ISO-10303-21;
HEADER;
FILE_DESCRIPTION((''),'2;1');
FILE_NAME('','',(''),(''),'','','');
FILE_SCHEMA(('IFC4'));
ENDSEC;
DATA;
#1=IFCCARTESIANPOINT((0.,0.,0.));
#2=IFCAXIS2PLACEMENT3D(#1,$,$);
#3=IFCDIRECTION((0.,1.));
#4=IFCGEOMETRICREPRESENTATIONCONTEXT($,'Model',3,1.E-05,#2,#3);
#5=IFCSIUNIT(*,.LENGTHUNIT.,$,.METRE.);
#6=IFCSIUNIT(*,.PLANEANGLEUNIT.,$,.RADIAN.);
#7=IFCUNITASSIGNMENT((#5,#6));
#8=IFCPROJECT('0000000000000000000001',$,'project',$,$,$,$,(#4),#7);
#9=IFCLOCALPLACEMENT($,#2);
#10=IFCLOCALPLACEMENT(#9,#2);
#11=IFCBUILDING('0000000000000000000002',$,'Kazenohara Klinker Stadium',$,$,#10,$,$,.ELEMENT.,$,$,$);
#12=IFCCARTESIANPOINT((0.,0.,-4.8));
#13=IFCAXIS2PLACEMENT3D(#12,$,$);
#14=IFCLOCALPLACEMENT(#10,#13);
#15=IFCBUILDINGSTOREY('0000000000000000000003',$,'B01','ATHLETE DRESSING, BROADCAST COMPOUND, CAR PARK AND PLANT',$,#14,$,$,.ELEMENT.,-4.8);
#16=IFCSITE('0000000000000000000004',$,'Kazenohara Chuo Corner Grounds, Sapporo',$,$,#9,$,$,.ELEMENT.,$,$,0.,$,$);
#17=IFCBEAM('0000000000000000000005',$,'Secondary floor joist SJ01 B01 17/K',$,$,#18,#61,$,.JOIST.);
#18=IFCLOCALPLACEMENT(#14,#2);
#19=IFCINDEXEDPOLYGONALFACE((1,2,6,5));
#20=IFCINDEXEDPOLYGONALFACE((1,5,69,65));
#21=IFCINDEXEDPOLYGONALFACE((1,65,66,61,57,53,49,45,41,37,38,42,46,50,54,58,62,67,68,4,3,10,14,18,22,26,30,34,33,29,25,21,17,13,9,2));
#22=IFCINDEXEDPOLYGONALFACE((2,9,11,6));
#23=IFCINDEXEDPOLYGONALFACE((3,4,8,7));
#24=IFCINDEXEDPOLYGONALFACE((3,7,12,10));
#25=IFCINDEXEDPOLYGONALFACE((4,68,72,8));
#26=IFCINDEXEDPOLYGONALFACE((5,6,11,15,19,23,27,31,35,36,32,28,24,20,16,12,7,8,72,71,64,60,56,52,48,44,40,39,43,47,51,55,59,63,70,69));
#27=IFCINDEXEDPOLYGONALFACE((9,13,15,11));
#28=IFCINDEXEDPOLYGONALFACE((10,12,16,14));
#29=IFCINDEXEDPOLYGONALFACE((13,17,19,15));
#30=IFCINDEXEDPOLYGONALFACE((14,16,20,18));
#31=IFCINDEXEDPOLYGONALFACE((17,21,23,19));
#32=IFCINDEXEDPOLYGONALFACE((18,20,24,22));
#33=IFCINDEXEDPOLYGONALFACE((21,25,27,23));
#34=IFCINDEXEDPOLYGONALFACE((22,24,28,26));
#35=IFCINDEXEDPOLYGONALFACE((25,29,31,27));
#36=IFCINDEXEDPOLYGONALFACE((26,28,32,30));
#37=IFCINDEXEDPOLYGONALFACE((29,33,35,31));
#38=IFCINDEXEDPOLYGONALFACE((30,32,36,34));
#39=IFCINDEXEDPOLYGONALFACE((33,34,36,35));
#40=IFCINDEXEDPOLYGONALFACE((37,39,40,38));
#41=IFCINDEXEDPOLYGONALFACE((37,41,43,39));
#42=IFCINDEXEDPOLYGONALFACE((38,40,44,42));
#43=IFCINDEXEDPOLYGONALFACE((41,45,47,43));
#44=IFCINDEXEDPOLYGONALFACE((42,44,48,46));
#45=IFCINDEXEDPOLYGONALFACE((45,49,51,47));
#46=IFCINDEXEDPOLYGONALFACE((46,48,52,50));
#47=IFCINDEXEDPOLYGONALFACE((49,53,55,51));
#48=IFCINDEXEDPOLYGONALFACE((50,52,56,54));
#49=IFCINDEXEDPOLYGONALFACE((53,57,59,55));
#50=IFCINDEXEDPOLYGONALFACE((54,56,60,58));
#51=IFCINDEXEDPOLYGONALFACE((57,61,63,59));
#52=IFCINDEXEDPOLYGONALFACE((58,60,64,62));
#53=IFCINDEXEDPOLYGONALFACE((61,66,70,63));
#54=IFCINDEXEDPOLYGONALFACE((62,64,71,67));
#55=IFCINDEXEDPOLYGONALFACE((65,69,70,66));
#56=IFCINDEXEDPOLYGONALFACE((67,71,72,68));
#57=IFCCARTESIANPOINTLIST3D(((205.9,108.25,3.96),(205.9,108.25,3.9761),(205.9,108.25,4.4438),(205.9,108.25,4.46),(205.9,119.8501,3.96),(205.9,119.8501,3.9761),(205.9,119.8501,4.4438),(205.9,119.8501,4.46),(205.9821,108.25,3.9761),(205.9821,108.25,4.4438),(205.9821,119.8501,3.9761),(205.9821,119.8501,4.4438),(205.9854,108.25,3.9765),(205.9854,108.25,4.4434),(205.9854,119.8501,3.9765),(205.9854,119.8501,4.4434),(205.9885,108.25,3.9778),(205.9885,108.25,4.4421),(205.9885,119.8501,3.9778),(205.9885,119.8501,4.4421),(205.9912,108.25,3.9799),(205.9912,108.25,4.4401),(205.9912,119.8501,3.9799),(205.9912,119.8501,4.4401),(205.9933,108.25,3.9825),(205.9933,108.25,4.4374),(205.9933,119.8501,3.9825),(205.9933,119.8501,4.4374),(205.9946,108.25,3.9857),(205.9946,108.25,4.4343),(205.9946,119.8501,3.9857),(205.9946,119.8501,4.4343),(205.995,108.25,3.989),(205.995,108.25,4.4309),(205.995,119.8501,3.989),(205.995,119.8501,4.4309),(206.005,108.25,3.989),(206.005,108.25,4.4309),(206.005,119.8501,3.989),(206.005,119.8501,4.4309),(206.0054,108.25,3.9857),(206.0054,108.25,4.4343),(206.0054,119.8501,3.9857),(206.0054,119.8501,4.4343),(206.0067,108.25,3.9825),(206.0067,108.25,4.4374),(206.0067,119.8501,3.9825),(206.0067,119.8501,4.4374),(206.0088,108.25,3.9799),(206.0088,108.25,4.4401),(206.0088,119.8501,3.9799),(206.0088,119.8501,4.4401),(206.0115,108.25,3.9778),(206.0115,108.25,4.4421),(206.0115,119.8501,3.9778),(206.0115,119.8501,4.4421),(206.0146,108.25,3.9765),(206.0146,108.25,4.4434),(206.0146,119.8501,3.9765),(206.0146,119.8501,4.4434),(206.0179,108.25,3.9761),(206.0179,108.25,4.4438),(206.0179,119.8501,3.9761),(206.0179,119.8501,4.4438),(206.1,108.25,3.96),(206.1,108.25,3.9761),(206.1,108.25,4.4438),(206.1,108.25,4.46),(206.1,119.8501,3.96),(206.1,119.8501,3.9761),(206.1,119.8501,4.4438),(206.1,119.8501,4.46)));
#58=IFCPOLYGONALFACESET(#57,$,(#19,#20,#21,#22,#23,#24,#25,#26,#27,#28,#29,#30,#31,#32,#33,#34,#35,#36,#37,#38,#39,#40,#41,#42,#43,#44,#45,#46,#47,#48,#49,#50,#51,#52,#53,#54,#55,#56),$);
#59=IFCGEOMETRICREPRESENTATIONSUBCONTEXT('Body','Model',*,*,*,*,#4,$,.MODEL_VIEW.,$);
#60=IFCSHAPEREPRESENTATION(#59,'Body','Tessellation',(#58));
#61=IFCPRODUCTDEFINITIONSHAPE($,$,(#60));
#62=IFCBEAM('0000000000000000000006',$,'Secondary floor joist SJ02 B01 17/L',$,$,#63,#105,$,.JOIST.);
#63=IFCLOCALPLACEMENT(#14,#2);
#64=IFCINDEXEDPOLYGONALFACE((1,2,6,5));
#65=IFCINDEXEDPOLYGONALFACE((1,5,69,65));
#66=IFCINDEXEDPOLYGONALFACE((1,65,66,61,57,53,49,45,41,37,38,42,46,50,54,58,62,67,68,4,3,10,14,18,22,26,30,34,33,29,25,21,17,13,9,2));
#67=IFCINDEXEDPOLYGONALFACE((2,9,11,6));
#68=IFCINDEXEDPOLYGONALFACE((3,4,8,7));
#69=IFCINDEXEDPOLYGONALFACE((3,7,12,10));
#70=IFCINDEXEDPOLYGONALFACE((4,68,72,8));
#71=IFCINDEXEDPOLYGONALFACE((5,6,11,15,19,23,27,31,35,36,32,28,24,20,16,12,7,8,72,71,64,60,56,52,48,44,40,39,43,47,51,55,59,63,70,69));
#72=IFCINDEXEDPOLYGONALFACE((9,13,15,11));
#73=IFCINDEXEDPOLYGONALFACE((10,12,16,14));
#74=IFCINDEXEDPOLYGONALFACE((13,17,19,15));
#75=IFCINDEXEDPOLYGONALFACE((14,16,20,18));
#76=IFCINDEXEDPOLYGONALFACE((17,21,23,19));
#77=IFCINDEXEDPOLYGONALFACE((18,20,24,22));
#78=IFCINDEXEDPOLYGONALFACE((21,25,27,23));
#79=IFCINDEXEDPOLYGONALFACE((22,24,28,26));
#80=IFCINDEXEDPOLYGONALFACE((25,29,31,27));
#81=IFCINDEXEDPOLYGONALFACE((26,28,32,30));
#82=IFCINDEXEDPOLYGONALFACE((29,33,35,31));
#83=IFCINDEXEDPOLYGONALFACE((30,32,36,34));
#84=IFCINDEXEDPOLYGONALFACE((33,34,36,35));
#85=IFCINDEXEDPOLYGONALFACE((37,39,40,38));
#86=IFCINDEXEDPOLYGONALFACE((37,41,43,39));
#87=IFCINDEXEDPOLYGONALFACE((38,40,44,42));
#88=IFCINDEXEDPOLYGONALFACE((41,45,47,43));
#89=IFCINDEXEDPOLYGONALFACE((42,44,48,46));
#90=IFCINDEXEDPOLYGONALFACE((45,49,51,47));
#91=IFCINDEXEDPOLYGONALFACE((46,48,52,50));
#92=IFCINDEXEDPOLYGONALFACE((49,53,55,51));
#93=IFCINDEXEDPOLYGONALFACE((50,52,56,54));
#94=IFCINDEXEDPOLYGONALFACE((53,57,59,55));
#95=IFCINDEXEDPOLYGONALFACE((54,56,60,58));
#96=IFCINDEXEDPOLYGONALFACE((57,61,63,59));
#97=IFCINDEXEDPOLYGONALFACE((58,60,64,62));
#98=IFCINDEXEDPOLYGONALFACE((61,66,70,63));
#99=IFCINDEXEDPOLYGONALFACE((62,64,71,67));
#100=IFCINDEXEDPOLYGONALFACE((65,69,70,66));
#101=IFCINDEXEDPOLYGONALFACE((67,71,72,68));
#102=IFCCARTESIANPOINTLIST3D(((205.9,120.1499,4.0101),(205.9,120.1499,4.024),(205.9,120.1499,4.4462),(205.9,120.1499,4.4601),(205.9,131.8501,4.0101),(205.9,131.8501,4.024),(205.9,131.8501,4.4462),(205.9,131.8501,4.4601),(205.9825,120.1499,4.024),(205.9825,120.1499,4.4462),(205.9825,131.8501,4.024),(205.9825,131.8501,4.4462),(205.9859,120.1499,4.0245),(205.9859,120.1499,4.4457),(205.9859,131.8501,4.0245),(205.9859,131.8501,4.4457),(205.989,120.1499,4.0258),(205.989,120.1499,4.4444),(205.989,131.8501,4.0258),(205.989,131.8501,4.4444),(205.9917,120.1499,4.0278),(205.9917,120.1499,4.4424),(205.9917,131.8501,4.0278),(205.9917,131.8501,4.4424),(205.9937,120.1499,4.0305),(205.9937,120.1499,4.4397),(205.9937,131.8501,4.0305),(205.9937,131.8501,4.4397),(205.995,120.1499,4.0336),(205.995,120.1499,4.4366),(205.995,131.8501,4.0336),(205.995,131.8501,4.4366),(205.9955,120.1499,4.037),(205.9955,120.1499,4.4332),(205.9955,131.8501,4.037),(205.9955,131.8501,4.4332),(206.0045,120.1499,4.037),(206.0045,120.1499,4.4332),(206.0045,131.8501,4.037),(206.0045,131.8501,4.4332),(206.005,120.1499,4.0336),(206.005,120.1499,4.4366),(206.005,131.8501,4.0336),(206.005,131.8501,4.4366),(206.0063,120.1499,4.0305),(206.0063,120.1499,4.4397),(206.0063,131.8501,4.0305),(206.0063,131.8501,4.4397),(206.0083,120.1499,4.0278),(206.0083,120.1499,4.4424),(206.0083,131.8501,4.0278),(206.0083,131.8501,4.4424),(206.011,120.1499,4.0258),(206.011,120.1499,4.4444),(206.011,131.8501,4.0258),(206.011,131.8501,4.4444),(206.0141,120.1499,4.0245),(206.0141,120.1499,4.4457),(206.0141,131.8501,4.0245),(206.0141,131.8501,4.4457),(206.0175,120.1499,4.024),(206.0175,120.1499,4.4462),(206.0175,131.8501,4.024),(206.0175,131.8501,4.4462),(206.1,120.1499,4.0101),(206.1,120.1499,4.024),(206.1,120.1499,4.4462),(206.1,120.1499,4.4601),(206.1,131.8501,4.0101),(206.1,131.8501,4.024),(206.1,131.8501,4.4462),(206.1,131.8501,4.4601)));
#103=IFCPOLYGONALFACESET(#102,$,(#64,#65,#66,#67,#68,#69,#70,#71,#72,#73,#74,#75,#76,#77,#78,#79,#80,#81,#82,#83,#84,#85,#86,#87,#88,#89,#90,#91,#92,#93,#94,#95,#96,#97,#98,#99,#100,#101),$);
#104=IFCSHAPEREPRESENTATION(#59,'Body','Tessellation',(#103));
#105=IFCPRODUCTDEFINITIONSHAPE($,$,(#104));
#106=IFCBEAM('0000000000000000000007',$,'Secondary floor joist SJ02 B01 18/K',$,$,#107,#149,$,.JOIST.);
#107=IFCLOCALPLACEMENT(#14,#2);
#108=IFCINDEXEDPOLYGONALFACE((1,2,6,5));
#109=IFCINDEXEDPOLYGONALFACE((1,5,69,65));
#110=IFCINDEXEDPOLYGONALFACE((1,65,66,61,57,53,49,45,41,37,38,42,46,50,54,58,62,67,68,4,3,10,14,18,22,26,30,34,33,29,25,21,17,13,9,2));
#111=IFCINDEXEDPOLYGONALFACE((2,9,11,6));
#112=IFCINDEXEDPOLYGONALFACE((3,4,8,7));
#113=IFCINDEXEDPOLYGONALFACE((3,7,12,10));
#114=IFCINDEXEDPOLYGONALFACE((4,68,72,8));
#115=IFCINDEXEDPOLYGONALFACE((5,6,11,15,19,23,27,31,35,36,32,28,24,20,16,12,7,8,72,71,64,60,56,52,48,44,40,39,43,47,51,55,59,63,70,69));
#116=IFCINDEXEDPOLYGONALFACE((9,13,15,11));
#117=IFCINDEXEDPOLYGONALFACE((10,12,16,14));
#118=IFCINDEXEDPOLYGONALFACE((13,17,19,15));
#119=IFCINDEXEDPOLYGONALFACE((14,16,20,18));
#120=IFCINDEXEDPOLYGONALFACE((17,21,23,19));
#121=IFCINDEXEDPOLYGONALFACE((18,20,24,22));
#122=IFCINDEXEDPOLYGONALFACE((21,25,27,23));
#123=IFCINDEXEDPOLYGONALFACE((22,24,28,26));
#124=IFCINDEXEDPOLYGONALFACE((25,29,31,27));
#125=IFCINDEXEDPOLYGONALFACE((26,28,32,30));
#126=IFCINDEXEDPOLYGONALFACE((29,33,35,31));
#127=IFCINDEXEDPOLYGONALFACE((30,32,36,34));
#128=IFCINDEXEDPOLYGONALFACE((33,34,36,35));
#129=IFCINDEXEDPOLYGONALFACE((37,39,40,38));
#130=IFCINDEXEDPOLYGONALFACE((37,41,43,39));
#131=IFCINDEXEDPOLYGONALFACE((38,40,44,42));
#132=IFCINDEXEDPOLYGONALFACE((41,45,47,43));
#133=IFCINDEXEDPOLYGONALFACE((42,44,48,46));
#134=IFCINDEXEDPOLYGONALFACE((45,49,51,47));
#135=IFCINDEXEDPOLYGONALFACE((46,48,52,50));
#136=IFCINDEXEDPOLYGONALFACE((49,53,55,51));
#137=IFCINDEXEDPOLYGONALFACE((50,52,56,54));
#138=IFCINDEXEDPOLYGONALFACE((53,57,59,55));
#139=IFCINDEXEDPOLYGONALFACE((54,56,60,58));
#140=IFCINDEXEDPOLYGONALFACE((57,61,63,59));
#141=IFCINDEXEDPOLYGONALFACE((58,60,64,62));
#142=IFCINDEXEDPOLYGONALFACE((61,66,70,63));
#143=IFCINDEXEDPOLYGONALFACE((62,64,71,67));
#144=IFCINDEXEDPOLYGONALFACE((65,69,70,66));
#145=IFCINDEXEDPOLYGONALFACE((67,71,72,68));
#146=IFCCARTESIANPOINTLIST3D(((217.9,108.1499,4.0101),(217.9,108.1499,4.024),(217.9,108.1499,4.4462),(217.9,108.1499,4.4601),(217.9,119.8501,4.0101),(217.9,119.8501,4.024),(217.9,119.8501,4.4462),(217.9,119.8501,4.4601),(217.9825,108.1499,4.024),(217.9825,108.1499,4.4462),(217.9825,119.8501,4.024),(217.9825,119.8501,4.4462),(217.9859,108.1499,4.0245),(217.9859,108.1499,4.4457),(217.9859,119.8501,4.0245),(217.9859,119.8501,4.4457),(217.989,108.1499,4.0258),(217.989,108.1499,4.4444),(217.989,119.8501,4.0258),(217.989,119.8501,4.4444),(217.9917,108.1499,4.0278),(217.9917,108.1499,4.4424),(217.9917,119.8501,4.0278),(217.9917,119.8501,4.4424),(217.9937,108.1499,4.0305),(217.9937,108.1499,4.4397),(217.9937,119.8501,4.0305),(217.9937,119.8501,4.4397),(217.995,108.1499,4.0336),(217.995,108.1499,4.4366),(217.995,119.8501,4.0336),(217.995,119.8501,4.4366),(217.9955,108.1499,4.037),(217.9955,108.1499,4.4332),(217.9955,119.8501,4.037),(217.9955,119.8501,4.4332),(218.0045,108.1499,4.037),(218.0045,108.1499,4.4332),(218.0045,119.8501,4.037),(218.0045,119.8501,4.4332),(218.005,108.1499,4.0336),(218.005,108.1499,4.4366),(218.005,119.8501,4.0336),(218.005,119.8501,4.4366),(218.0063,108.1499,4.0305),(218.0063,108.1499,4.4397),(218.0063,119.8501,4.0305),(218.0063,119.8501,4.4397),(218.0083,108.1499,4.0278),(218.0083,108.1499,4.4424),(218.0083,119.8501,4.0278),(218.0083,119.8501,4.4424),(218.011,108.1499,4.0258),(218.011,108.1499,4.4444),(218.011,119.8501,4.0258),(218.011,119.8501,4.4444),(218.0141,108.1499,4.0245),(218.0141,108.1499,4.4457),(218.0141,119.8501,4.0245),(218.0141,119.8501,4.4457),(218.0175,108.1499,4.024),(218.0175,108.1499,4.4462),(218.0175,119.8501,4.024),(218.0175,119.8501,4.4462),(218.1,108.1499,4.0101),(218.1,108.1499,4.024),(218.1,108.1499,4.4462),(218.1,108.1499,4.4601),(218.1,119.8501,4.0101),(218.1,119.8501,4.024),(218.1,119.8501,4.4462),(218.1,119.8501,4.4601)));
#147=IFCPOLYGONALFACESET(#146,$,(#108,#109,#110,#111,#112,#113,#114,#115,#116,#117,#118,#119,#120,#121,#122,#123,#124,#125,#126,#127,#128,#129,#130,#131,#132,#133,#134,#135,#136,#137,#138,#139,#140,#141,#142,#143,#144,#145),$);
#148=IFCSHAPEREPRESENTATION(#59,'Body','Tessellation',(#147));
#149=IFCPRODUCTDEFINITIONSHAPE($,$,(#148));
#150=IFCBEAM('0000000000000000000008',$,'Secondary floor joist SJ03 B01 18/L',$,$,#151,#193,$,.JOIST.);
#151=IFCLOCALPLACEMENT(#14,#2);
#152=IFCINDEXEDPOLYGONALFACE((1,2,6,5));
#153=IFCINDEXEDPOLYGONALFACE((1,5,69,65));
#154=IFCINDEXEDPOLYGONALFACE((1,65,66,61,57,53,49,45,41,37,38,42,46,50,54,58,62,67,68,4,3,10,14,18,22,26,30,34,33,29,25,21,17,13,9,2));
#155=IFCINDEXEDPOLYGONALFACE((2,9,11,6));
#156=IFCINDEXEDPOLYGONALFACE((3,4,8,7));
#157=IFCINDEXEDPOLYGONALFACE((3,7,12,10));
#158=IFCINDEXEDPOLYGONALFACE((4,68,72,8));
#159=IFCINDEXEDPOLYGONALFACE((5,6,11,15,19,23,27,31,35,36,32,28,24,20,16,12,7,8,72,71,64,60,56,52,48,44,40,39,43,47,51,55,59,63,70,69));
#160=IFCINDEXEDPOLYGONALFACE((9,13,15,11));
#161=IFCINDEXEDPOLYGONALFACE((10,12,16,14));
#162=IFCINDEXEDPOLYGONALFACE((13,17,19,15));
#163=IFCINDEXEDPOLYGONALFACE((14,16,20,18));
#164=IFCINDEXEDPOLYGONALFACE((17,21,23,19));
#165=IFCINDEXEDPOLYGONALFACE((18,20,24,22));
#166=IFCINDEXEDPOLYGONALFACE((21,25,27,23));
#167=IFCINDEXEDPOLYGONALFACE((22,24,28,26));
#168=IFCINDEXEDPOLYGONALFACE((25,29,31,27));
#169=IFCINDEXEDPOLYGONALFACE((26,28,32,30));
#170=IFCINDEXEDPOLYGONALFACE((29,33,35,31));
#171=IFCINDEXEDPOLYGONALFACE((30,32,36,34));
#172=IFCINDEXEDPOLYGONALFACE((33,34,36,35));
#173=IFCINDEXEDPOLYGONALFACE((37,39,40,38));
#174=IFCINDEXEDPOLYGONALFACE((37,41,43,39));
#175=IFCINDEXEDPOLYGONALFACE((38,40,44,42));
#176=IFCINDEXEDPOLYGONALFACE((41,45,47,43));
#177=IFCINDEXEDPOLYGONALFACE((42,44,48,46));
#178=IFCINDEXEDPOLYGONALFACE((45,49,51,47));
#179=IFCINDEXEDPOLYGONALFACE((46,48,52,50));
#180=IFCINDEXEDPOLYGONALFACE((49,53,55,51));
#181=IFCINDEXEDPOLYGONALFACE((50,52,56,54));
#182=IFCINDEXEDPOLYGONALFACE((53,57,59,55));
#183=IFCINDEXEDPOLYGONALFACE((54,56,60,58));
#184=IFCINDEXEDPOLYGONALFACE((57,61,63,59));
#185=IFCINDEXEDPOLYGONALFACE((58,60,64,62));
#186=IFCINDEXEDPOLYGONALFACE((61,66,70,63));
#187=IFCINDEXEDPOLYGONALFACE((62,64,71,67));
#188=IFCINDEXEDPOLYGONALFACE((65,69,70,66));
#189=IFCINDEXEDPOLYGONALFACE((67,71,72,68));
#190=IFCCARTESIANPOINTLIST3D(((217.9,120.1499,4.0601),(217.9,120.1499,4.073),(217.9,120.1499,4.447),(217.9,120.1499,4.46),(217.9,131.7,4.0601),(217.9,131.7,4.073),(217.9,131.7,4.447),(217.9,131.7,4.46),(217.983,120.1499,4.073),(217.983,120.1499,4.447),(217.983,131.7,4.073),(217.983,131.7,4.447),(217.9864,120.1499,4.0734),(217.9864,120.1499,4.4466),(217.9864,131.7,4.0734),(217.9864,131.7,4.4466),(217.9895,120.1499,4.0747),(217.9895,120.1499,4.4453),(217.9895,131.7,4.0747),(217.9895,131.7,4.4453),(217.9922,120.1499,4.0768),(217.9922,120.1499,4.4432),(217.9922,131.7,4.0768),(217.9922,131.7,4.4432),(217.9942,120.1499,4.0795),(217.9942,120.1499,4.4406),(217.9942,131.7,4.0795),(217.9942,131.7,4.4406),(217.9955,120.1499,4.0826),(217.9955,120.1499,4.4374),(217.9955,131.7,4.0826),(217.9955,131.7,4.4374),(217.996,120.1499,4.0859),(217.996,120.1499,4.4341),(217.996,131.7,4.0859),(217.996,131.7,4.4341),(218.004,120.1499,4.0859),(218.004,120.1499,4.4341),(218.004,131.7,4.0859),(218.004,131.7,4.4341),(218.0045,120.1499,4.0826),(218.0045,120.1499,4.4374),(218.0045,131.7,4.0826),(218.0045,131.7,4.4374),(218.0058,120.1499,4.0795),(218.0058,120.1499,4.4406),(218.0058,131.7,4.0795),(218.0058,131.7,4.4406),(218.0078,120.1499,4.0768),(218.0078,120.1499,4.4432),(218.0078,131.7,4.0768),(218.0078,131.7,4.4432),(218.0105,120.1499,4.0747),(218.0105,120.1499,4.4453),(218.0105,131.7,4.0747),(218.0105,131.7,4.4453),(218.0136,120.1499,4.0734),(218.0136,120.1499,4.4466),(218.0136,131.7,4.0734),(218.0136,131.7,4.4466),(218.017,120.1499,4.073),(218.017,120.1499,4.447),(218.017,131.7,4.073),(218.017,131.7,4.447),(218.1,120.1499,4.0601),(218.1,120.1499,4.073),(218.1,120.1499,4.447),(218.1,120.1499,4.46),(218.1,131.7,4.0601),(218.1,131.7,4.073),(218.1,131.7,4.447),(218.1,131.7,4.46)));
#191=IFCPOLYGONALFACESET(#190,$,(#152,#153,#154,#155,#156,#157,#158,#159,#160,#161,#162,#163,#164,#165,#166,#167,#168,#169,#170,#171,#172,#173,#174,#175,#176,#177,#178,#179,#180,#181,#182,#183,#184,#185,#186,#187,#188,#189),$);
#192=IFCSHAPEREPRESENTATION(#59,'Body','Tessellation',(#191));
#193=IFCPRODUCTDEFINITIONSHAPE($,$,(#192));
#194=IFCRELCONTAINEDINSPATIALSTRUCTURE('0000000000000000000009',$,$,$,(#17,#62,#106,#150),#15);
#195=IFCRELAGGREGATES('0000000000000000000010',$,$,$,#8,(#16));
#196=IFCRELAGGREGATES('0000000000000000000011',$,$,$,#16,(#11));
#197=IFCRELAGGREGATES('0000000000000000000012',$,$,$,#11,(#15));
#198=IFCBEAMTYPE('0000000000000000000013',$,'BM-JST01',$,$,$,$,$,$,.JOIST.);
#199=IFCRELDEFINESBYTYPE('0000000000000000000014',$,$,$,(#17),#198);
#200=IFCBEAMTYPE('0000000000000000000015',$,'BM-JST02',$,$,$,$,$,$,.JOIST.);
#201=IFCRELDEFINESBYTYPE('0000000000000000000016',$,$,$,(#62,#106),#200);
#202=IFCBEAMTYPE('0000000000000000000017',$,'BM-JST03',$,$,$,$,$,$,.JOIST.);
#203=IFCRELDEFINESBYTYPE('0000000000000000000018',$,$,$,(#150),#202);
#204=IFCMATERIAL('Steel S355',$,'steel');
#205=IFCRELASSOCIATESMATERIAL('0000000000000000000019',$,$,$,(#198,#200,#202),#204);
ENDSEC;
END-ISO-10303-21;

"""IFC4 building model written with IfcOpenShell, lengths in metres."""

from ifc_helpers import new_model, si_unit, direction, frame, origin, origin_2d, place, context, subcontext, project, spatial, i_section, extrude, material, material_profile, profile_set, type_object, element, save


model = new_model("IFC4")

# Units and contexts
model_context = context("Model", 3, precision=1e-05, world=origin(), true_north=direction((0.0, 1.0)))
body_context = subcontext(model_context, "Body", "Model", "MODEL_VIEW")
ifc_project = project(units=[si_unit("LENGTHUNIT", "METRE"), si_unit("PLANEANGLEUNIT", "RADIAN")], contexts=[model_context])

# Site, building, storey
site_placement = place(None, origin())
site = spatial("IfcSite", under=ifc_project, at=site_placement, Name="Kazenohara Chuo Corner Grounds, Sapporo", CompositionType="ELEMENT", RefElevation=0.0)
building_placement = place(site_placement, origin())
building = spatial("IfcBuilding", under=site, at=building_placement, Name="Kazenohara Klinker Stadium", CompositionType="ELEMENT")
storey_placement = place(building_placement, frame((0.0, 0.0, -4.8)))
storey = spatial("IfcBuildingStorey", under=building, at=storey_placement, Name="B01", Description="ATHLETE DRESSING, BROADCAST COMPOUND, CAR PARK AND PLANT", CompositionType="ELEMENT", Elevation=-4.8)

# Beams
ifc_material_1 = material(Name="Steel S355", Category="steel")
ifc_material_profile_1 = material_profile(ifc_material_1, i_section(OverallWidth=0.2, OverallDepth=0.5, WebThickness=0.01, FlangeThickness=0.0161, FilletRadius=0.0129, at=origin_2d()), Name="H-500x200x10x16")
ifc_profile_set_1 = profile_set([ifc_material_profile_1], Name="Steel S355")
beam_type_1 = type_object("IfcBeamType", Name="BM-JST01", PredefinedType="JOIST", material=ifc_profile_set_1)
beam_1_placement = place(storey_placement, frame((206.0, 108.25, 4.21), z_axis=(0.0, 1.0, 0.0), x_axis=(-1.0, 0.0, 0.0)))
element("IfcBeam", 1, at=beam_1_placement, inside=storey, type_object=beam_type_1, Name="Secondary floor joist SJ01 B01 17/K", PredefinedType="JOIST", context=body_context, shape_type="SweptSolid", body=[
    extrude(i_section(OverallWidth=0.2, OverallDepth=0.5, WebThickness=0.01, FlangeThickness=0.0161, FilletRadius=0.0129, at=origin_2d()), origin(), (0.0, 0.0, 1.0), 11.6001),
])
ifc_material_profile_2 = material_profile(ifc_material_1, i_section(OverallWidth=0.2, OverallDepth=0.45, WebThickness=0.009, FlangeThickness=0.0139, FilletRadius=0.0129, at=origin_2d()), Name="H-450x200x9x14")
ifc_profile_set_2 = profile_set([ifc_material_profile_2], Name="Steel S355")
beam_type_2 = type_object("IfcBeamType", Name="BM-JST02", PredefinedType="JOIST", material=ifc_profile_set_2)
for number, where, z_axis, x_axis, name in (
    (2, (206.0, 120.1499, 4.2351), (0.0, 1.0, 0.0), (-1.0, 0.0, 0.0), "Secondary floor joist SJ02 B01 17/L"),
    (3, (218.0, 108.1499, 4.2351), (0.0, 1.0, 0.0), (-1.0, 0.0, 0.0), "Secondary floor joist SJ02 B01 18/K"),
):
    element("IfcBeam", number, at=place(storey_placement, frame(where, z_axis=z_axis, x_axis=x_axis)), inside=storey, type_object=beam_type_2, Name=name, PredefinedType="JOIST", context=body_context, shape_type="SweptSolid", body=[
        extrude(i_section(OverallWidth=0.2, OverallDepth=0.45, WebThickness=0.009, FlangeThickness=0.0139, FilletRadius=0.0129, at=origin_2d()), origin(), (0.0, 0.0, 1.0), 11.7002),
    ])
ifc_material_profile_3 = material_profile(ifc_material_1, i_section(OverallWidth=0.2, OverallDepth=0.3999, WebThickness=0.0081, FlangeThickness=0.0129, FilletRadius=0.0129, at=origin_2d()), Name="H-400x200x8x13")
ifc_profile_set_3 = profile_set([ifc_material_profile_3], Name="Steel S355")
beam_type_3 = type_object("IfcBeamType", Name="BM-JST03", PredefinedType="JOIST", material=ifc_profile_set_3)
beam_2_placement = place(storey_placement, frame((218.0, 120.1499, 4.26), z_axis=(0.0, 1.0, 0.0), x_axis=(-1.0, 0.0, 0.0)))
element("IfcBeam", 4, at=beam_2_placement, inside=storey, type_object=beam_type_3, Name="Secondary floor joist SJ03 B01 18/L", PredefinedType="JOIST", context=body_context, shape_type="SweptSolid", body=[
    extrude(i_section(OverallWidth=0.2, OverallDepth=0.3999, WebThickness=0.0081, FlangeThickness=0.0129, FilletRadius=0.0129, at=origin_2d()), origin(), (0.0, 0.0, 1.0), 11.55),
])

save(model, "model.ifc")
